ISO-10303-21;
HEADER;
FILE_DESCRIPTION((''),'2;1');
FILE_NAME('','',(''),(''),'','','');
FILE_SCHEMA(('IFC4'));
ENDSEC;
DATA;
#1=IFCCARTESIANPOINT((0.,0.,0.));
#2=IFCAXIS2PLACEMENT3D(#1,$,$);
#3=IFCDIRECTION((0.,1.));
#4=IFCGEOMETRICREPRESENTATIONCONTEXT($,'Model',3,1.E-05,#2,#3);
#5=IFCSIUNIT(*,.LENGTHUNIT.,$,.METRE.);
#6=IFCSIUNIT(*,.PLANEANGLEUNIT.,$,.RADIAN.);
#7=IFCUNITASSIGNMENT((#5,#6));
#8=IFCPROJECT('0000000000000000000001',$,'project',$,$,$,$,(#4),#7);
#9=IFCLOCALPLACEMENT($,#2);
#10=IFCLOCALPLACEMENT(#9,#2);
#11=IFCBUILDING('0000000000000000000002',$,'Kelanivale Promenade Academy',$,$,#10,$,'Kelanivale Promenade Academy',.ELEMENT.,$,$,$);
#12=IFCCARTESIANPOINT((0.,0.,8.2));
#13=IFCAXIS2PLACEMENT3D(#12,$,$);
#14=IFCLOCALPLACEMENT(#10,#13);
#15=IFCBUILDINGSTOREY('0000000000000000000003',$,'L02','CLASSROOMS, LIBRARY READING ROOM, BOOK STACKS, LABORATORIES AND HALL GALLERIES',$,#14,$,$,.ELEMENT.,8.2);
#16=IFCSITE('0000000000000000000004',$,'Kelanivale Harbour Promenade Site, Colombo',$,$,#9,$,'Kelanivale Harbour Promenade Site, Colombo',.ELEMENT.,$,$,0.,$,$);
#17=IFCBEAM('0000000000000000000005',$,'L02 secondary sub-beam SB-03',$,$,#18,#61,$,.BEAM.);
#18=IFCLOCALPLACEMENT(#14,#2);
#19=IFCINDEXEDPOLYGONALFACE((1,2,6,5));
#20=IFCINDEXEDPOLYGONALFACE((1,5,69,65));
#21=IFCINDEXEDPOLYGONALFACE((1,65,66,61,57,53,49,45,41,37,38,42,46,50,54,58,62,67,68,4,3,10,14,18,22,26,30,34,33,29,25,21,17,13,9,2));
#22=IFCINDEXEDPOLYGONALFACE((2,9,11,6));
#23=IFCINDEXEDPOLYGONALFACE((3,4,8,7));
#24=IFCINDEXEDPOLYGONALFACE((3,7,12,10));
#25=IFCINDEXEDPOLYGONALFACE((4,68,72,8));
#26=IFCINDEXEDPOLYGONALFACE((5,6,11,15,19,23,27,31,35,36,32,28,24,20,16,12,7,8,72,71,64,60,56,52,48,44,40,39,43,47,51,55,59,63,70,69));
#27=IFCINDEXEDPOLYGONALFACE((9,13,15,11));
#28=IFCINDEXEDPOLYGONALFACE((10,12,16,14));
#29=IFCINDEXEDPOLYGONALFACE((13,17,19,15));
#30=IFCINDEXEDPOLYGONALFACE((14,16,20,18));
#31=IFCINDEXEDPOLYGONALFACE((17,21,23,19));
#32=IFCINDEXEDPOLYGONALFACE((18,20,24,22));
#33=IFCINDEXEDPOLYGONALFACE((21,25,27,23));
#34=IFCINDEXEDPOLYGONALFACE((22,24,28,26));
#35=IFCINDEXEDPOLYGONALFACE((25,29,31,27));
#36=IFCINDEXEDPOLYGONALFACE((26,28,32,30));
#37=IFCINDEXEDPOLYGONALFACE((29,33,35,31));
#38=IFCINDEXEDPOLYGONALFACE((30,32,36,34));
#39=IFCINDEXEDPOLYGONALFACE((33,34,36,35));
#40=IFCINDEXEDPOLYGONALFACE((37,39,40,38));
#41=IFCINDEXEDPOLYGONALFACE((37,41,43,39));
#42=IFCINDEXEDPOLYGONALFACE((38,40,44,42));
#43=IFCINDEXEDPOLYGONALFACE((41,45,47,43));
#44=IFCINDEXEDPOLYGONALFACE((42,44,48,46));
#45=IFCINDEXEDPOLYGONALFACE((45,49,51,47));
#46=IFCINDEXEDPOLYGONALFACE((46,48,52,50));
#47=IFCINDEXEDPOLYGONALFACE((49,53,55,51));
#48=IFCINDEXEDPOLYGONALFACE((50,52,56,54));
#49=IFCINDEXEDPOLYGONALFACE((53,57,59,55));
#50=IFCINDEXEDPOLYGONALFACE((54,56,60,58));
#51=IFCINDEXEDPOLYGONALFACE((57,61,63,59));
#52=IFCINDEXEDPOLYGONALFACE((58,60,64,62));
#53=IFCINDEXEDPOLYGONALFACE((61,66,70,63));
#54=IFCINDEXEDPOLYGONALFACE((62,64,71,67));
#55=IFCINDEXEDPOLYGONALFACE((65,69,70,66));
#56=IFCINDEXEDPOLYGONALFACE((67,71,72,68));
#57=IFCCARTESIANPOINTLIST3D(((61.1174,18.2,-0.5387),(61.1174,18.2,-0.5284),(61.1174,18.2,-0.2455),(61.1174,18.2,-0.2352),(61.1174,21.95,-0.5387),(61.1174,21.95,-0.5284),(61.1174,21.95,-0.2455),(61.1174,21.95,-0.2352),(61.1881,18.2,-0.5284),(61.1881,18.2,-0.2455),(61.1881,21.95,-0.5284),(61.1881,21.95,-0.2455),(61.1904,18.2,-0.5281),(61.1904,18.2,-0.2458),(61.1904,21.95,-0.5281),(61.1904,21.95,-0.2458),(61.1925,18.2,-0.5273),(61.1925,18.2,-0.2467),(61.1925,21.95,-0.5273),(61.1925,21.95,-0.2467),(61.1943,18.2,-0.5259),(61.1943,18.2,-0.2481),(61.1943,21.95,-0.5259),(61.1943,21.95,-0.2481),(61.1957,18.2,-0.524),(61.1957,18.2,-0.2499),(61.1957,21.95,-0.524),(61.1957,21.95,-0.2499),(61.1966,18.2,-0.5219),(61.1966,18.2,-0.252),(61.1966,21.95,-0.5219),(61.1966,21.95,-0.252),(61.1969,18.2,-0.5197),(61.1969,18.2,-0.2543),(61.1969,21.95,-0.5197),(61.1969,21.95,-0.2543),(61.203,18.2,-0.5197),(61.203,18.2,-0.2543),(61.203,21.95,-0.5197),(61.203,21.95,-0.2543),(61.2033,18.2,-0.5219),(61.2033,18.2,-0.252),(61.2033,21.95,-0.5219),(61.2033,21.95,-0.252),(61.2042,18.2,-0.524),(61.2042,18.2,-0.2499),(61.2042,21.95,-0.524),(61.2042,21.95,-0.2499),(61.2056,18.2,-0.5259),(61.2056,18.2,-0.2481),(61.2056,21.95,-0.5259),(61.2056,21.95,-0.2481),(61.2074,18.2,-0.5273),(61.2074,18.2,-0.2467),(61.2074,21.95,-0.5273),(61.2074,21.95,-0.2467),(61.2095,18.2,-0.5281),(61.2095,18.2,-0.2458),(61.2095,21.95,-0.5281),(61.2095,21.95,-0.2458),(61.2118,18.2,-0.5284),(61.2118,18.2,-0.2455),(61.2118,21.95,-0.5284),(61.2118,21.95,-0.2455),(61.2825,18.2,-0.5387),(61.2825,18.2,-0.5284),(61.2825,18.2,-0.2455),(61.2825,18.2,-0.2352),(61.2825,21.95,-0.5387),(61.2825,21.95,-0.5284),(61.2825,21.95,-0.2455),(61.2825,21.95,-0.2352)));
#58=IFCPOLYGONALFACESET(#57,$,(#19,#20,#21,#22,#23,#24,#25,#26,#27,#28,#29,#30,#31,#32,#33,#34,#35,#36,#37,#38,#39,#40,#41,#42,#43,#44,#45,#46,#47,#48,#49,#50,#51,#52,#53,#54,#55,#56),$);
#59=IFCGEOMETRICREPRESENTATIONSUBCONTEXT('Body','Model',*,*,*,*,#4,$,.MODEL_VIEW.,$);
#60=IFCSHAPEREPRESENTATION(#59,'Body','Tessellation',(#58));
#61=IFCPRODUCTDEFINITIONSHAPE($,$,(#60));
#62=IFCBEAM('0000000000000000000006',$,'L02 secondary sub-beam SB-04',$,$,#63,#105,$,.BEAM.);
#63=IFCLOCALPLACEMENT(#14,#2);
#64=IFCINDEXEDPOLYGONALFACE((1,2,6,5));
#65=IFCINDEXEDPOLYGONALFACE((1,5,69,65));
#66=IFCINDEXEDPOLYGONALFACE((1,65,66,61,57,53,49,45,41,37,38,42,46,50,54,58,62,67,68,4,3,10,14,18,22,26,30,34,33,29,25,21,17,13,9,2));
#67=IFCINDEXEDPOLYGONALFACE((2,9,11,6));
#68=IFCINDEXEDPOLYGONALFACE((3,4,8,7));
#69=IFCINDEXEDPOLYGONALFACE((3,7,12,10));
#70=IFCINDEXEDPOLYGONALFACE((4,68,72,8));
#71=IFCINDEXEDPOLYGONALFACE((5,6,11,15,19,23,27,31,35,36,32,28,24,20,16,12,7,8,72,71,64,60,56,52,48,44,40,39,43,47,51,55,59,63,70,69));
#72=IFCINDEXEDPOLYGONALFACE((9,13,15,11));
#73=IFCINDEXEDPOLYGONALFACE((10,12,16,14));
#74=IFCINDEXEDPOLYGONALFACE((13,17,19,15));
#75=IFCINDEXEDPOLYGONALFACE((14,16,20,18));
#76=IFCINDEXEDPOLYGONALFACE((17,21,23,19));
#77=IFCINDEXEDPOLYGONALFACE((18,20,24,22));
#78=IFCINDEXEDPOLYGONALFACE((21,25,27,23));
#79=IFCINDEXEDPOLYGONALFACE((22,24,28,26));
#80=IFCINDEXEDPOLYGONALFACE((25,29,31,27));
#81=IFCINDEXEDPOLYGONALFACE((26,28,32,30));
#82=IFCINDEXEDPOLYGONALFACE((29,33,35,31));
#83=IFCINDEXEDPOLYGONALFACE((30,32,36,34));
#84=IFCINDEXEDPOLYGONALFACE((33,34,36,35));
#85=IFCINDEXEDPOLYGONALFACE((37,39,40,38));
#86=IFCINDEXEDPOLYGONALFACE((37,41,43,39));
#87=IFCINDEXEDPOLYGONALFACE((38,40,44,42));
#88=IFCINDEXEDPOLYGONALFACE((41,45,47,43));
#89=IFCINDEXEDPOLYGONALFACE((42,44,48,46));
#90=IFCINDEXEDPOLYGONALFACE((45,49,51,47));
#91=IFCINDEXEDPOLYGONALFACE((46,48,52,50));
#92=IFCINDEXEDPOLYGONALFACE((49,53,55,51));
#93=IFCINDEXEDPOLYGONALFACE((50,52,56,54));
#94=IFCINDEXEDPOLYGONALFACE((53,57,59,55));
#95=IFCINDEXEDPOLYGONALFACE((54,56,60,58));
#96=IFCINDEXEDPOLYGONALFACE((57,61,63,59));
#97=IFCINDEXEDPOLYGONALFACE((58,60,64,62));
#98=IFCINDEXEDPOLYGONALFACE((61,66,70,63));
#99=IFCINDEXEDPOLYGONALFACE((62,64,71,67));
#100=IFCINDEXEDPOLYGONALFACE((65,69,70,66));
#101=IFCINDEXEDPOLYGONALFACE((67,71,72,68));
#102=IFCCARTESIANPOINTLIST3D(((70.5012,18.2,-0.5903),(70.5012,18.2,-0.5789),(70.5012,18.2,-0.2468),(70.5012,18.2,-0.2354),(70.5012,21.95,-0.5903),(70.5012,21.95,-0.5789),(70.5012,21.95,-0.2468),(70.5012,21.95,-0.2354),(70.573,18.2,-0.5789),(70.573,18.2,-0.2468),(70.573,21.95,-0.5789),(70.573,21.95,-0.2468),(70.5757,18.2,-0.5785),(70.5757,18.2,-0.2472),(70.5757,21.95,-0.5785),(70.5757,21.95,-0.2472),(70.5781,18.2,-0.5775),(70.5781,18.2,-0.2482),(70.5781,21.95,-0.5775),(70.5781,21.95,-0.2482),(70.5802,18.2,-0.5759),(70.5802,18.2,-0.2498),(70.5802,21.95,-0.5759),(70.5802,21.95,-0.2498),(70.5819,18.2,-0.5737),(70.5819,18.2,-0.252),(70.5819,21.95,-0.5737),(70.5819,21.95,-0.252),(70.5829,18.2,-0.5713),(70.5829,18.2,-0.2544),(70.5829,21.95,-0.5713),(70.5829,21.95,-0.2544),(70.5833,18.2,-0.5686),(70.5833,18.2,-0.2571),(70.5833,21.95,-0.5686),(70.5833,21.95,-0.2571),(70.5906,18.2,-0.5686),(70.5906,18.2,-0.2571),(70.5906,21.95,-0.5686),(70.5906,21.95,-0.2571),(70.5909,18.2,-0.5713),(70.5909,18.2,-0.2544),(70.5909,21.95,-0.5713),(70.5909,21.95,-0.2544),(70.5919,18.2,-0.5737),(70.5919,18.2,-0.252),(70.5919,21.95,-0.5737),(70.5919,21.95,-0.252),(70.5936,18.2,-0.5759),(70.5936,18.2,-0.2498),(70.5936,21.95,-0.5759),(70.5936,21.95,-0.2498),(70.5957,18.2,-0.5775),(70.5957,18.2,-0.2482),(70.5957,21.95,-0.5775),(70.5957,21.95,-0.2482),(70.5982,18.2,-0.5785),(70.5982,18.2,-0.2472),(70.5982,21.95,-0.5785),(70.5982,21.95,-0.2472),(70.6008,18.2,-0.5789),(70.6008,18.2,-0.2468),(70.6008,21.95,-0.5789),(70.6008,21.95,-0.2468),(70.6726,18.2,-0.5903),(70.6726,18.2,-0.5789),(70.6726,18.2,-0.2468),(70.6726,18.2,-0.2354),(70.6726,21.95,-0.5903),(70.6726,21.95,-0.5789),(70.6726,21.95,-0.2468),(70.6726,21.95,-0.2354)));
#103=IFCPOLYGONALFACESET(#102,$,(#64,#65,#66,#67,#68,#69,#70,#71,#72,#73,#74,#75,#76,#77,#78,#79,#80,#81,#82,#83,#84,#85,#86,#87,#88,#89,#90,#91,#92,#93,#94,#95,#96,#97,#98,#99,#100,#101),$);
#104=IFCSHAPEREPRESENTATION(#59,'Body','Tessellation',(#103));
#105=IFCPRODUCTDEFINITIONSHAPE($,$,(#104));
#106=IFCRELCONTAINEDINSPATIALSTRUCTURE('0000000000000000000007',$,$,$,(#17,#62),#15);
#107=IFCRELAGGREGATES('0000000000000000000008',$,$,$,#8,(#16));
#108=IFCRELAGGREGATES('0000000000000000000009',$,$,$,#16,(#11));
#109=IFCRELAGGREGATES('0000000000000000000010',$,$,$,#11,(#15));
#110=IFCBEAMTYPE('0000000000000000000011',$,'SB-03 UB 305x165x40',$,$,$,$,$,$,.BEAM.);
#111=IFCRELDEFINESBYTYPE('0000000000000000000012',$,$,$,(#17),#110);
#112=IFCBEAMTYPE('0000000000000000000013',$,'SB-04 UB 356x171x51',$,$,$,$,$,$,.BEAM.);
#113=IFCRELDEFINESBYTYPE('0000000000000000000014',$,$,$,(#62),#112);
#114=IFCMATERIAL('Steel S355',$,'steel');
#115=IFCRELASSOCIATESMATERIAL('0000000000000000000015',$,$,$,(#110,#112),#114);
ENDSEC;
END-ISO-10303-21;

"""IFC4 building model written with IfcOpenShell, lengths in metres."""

from ifc_helpers import new_model, si_unit, direction, frame, origin, origin_2d, place, context, subcontext, project, spatial, i_section, extrude, material, material_profile, profile_set, type_object, element, save


model = new_model("IFC4")

# Units and contexts
model_context = context("Model", 3, precision=1e-05, world=origin(), true_north=direction((0.0, 1.0)))
body_context = subcontext(model_context, "Body", "Model", "MODEL_VIEW")
ifc_project = project(units=[si_unit("LENGTHUNIT", "METRE"), si_unit("PLANEANGLEUNIT", "RADIAN")], contexts=[model_context])

# Site, building, storey
site_placement = place(None, origin())
site = spatial("IfcSite", under=ifc_project, at=site_placement, Name="Kelanivale Harbour Promenade Site, Colombo", LongName="Kelanivale Harbour Promenade Site, Colombo", CompositionType="ELEMENT", RefElevation=0.0)
building_placement = place(site_placement, origin())
building = spatial("IfcBuilding", under=site, at=building_placement, Name="Kelanivale Promenade Academy", LongName="Kelanivale Promenade Academy", CompositionType="ELEMENT")
storey_placement = place(building_placement, frame((0.0, 0.0, 8.2)))
storey = spatial("IfcBuildingStorey", under=building, at=storey_placement, Name="L02", Description="CLASSROOMS, LIBRARY READING ROOM, BOOK STACKS, LABORATORIES AND HALL GALLERIES", CompositionType="ELEMENT", Elevation=8.2)

# Beams
ifc_material_1 = material(Name="Steel S355", Category="steel")
ifc_material_profile_1 = material_profile(ifc_material_1, i_section(OverallWidth=0.165, OverallDepth=0.3035, WebThickness=0.0061, FlangeThickness=0.0103, FilletRadius=0.0088, at=origin_2d()), Name="UB 305x165x40")
ifc_profile_set_1 = profile_set([ifc_material_profile_1], Name="Steel S355")
beam_type_1 = type_object("IfcBeamType", Name="SB-03 UB 305x165x40", PredefinedType="BEAM", material=ifc_profile_set_1)
beam_1_placement = place(storey_placement, frame((61.2, 18.2, -0.387), z_axis=(0.0, 1.0, 0.0), x_axis=(-1.0, 0.0, 0.0)))
element("IfcBeam", 1, at=beam_1_placement, inside=storey, type_object=beam_type_1, Name="L02 secondary sub-beam SB-03", PredefinedType="BEAM", context=body_context, shape_type="SweptSolid", body=[
    extrude(i_section(OverallWidth=0.165, OverallDepth=0.3035, WebThickness=0.0061, FlangeThickness=0.0103, FilletRadius=0.0088, at=origin_2d()), origin(), (0.0, 0.0, 1.0), 3.75),
])
ifc_material_profile_2 = material_profile(ifc_material_1, i_section(OverallWidth=0.1714, OverallDepth=0.355, WebThickness=0.0073, FlangeThickness=0.0115, FilletRadius=0.0103, at=origin_2d()), Name="UB 356x171x51")
ifc_profile_set_2 = profile_set([ifc_material_profile_2], Name="Steel S355")
beam_type_2 = type_object("IfcBeamType", Name="SB-04 UB 356x171x51", PredefinedType="BEAM", material=ifc_profile_set_2)
beam_2_placement = place(storey_placement, frame((70.5869, 18.2, -0.4128), z_axis=(0.0, 1.0, 0.0), x_axis=(-1.0, 0.0, 0.0)))
element("IfcBeam", 2, at=beam_2_placement, inside=storey, type_object=beam_type_2, Name="L02 secondary sub-beam SB-04", PredefinedType="BEAM", context=body_context, shape_type="SweptSolid", body=[
    extrude(i_section(OverallWidth=0.1714, OverallDepth=0.355, WebThickness=0.0073, FlangeThickness=0.0115, FilletRadius=0.0103, at=origin_2d()), origin(), (0.0, 0.0, 1.0), 3.75),
])

save(model, "model.ifc")
